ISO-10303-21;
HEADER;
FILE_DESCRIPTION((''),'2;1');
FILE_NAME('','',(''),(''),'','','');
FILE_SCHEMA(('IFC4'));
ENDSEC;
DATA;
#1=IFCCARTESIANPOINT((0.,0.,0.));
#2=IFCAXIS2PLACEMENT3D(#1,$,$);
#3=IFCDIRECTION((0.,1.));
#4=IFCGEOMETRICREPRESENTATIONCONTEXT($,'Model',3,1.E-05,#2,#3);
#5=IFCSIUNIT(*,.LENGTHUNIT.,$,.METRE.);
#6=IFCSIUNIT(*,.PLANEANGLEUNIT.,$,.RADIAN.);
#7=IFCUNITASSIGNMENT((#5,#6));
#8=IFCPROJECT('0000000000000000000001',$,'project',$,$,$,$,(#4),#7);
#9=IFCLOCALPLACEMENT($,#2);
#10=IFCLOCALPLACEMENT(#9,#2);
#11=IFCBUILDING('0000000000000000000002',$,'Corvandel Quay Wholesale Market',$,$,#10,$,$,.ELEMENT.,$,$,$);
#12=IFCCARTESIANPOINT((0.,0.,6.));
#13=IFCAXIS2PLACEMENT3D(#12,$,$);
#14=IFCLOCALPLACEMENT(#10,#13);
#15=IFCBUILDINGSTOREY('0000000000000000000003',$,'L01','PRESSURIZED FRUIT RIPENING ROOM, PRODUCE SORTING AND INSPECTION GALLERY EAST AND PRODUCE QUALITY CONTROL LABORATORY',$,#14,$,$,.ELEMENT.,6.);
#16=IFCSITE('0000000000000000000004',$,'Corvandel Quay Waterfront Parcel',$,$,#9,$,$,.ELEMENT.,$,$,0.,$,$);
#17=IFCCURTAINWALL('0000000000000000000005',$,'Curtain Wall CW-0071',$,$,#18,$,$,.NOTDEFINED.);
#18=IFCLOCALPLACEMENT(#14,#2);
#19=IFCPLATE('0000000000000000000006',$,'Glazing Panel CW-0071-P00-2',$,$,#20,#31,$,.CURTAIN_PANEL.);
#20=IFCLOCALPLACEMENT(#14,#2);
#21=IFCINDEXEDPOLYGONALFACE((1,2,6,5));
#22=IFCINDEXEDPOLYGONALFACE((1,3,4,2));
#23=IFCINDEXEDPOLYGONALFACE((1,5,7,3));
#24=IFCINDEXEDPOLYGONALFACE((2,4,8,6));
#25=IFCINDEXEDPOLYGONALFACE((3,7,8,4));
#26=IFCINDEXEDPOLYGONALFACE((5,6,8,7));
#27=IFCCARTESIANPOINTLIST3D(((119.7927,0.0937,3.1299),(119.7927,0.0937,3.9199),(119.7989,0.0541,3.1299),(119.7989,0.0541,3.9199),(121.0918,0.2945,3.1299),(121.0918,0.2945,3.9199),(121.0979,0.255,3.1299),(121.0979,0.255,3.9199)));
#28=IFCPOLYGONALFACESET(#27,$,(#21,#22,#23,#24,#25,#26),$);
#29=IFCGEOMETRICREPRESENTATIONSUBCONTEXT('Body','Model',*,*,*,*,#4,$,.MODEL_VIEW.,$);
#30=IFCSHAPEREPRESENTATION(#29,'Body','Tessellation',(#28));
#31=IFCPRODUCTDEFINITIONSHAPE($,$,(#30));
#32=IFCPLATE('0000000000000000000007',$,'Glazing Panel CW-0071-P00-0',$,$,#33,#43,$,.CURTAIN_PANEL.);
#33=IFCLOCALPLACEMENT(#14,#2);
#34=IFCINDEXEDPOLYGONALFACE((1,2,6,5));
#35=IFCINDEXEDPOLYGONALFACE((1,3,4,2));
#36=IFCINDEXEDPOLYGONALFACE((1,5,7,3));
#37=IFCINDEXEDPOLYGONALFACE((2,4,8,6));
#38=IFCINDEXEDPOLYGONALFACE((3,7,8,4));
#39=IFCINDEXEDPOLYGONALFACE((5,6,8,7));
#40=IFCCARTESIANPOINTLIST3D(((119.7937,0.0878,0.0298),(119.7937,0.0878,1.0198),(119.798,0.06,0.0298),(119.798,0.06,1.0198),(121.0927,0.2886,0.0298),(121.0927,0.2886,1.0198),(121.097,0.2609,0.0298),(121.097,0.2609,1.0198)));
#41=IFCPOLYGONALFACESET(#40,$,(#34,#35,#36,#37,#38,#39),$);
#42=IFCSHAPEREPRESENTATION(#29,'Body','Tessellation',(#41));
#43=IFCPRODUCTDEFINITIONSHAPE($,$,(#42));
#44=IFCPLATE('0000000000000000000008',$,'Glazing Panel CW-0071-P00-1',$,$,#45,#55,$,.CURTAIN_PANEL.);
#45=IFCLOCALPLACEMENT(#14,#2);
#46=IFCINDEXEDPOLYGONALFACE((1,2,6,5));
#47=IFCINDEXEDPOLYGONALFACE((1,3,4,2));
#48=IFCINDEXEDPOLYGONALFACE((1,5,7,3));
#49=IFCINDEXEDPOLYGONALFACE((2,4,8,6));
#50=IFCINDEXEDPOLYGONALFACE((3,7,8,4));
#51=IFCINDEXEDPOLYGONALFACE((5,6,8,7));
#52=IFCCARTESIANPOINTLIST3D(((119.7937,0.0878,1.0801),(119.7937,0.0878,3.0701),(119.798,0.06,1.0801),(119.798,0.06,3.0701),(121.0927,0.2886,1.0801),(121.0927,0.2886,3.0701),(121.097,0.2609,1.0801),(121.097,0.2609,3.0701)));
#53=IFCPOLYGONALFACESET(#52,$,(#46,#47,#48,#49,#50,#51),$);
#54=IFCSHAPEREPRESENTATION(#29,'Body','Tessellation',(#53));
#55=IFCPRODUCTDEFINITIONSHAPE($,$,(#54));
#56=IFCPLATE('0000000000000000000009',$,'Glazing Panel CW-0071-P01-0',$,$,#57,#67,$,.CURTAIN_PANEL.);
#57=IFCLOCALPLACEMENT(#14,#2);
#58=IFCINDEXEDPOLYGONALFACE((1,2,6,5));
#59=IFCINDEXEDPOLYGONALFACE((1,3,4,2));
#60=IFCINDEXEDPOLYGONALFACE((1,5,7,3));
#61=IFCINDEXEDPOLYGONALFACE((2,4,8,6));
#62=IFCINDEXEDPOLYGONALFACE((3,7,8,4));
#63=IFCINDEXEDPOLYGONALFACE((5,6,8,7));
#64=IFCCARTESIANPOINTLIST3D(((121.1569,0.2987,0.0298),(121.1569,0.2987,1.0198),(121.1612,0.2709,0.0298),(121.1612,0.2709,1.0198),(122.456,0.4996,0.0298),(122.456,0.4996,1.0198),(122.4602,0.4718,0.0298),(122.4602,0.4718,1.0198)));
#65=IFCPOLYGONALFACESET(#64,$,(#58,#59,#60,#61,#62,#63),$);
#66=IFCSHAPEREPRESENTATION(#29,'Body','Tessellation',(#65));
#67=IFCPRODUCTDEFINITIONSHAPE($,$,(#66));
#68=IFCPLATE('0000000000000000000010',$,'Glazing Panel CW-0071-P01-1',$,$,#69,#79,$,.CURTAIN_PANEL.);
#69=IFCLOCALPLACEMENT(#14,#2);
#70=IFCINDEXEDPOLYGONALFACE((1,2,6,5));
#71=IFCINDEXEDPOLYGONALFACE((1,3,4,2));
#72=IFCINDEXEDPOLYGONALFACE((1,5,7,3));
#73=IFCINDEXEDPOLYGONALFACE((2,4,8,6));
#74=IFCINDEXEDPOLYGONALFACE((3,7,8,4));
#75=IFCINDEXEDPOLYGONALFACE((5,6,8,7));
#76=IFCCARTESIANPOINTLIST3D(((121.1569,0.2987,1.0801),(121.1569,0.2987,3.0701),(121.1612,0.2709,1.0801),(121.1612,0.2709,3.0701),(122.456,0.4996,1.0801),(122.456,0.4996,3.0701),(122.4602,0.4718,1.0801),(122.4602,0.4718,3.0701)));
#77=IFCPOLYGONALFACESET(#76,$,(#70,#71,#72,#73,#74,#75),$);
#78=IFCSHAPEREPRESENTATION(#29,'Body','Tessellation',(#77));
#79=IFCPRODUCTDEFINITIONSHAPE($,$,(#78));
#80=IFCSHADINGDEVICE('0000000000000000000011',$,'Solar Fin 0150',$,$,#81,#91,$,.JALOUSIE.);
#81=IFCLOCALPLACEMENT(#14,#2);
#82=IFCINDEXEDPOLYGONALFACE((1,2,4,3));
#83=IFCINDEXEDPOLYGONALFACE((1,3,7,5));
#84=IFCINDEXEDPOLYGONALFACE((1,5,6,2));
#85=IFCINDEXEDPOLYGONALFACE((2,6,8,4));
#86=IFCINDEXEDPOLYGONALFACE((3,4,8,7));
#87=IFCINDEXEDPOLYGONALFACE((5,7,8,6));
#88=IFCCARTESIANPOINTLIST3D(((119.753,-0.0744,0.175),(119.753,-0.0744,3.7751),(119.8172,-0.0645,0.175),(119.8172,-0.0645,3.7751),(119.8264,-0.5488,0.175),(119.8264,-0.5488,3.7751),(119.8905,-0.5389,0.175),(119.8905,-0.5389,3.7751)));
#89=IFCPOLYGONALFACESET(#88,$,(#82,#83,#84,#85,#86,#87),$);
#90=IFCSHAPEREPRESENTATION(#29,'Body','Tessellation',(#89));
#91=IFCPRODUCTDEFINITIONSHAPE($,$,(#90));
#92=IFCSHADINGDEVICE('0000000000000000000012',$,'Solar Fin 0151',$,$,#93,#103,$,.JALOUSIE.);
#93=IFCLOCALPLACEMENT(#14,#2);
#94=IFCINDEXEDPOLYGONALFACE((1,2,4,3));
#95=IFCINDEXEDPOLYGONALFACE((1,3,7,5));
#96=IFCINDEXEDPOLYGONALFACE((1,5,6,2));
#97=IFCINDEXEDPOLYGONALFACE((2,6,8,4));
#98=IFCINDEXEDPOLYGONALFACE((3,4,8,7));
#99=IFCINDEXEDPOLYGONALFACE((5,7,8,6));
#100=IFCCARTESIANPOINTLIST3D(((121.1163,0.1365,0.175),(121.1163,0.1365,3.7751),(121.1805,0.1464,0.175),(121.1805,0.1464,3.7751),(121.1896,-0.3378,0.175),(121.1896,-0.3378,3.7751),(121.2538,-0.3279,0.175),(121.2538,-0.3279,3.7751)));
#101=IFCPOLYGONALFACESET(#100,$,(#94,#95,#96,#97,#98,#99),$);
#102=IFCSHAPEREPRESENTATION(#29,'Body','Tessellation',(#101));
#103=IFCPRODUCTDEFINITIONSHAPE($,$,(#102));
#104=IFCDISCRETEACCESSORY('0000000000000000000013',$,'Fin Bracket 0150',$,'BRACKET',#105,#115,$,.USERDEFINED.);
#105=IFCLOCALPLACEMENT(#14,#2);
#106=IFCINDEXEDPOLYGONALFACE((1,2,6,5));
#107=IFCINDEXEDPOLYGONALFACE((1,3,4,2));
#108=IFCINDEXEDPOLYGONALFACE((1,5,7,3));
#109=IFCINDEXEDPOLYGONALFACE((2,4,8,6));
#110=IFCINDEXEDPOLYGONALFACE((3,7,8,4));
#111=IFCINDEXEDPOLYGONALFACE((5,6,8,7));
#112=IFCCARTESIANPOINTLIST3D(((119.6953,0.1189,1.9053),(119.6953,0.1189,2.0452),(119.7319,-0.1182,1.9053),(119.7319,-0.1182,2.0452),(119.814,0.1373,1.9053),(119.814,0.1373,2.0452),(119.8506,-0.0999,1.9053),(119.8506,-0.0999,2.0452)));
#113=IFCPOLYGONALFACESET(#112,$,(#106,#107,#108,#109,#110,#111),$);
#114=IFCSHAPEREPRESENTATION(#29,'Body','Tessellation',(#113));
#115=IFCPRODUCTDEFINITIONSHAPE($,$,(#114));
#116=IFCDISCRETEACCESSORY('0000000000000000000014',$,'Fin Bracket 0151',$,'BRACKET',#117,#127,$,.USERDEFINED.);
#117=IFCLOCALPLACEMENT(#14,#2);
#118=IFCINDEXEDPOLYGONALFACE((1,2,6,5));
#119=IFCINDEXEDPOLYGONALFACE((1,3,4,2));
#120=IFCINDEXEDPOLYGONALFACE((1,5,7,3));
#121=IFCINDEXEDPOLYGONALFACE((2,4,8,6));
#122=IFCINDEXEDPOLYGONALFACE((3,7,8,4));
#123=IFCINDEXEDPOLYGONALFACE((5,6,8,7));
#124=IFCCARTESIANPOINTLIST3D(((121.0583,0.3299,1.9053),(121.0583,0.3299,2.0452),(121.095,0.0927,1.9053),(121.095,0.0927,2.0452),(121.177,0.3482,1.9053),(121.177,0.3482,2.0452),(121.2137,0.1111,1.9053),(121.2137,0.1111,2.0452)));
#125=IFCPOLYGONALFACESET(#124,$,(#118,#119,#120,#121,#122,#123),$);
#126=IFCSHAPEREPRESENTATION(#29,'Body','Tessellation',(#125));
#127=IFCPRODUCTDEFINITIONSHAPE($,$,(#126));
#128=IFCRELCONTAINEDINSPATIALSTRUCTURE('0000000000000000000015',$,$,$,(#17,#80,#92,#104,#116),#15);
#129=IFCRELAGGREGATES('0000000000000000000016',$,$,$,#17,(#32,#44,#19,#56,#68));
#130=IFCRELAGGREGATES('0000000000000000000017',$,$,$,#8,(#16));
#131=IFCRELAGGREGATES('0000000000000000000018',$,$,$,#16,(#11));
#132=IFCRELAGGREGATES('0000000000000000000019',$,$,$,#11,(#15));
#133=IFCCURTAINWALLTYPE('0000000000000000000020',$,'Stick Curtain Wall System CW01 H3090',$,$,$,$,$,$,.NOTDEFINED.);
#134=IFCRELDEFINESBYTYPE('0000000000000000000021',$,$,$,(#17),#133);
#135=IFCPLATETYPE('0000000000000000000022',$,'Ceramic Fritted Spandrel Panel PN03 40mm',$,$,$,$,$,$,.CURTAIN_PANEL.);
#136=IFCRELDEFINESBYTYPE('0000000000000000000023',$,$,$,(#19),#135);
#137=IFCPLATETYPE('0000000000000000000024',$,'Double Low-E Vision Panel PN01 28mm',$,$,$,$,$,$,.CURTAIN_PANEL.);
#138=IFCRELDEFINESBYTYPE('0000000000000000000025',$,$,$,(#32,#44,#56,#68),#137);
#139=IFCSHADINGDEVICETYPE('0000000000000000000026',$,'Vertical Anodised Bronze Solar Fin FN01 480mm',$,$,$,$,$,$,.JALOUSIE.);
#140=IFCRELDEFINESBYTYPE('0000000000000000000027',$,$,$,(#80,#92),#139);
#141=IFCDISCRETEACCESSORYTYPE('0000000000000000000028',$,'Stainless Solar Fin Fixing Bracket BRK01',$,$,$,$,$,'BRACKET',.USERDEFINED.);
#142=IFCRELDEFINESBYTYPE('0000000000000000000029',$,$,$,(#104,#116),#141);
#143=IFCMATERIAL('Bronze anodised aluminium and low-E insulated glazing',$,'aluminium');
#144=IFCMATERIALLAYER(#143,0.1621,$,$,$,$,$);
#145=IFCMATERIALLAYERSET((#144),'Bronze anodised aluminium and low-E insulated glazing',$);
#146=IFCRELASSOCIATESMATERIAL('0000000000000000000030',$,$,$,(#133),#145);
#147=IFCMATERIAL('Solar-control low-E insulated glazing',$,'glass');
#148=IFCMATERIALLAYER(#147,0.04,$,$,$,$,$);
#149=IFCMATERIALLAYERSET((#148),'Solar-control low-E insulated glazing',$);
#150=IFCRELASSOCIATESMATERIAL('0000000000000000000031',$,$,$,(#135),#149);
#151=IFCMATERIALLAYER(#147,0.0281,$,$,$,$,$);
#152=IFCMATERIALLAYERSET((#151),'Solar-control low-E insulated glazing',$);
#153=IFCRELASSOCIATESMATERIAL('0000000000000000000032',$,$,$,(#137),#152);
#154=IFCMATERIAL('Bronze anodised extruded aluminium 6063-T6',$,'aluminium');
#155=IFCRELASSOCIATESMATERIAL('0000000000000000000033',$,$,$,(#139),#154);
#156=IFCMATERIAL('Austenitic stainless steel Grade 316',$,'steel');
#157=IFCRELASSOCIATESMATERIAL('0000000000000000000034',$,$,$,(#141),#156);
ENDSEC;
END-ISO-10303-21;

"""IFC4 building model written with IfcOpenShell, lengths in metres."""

from ifc_helpers import new_model, si_unit, direction, frame, origin, origin_2d, place, context, subcontext, project, spatial, rectangle, extrude, material, layer, layer_set, type_object, element, aggregate, save


model = new_model("IFC4")

# Units and contexts
model_context = context("Model", 3, precision=1e-05, world=origin(), true_north=direction((0.0, 1.0)))
body_context = subcontext(model_context, "Body", "Model", "MODEL_VIEW")
ifc_project = project(units=[si_unit("LENGTHUNIT", "METRE"), si_unit("PLANEANGLEUNIT", "RADIAN")], contexts=[model_context])

# Site, building, storey
site_placement = place(None, origin())
site = spatial("IfcSite", under=ifc_project, at=site_placement, Name="Corvandel Quay Waterfront Parcel", CompositionType="ELEMENT", RefElevation=0.0)
building_placement = place(site_placement, origin())
building = spatial("IfcBuilding", under=site, at=building_placement, Name="Corvandel Quay Wholesale Market", CompositionType="ELEMENT")
storey_placement = place(building_placement, frame((0.0, 0.0, 6.0)))
storey = spatial("IfcBuildingStorey", under=building, at=storey_placement, Name="L01", Description="PRESSURIZED FRUIT RIPENING ROOM, PRODUCE SORTING AND INSPECTION GALLERY EAST AND PRODUCE QUALITY CONTROL LABORATORY", CompositionType="ELEMENT", Elevation=6.0)

# Curtain wall
ifc_material_1 = material(Name="Bronze anodised aluminium and low-E insulated glazing", Category="aluminium")
ifc_layer_1 = layer(ifc_material_1, 0.1621)
ifc_layer_set_1 = layer_set([ifc_layer_1], Name="Bronze anodised aluminium and low-E insulated glazing")
curtain_wall_type = type_object("IfcCurtainWallType", Name="Stick Curtain Wall System CW01 H3090", PredefinedType="NOTDEFINED", material=ifc_layer_set_1)
curtain_wall_placement = place(storey_placement, origin())
curtain_wall = element("IfcCurtainWall", 1, at=curtain_wall_placement, inside=storey, type_object=curtain_wall_type, Name="Curtain Wall CW-0071", PredefinedType="NOTDEFINED")

# Plates
ifc_material_2 = material(Name="Solar-control low-E insulated glazing", Category="glass")
ifc_layer_2 = layer(ifc_material_2, 0.04)
ifc_layer_set_2 = layer_set([ifc_layer_2], Name="Solar-control low-E insulated glazing")
plate_type_1 = type_object("IfcPlateType", Name="Ceramic Fritted Spandrel Panel PN03 40mm", PredefinedType="CURTAIN_PANEL", material=ifc_layer_set_2)
plate_1_placement = place(storey_placement, frame((120.4453, 0.1743, 3.1299), z_axis=(0.0, 0.0, 1.0), x_axis=(0.988255, 0.152813, 0.0)))
plate_1 = element("IfcPlate", 2, at=plate_1_placement, type_object=plate_type_1, Name="Glazing Panel CW-0071-P00-2", PredefinedType="CURTAIN_PANEL", context=body_context, shape_type="SweptSolid", body=[
    extrude(rectangle(XDim=1.3145, YDim=0.04, at=origin_2d()), origin(), (0.0, 0.0, 1.0), 0.79),
])
ifc_layer_3 = layer(ifc_material_2, 0.0281)
ifc_layer_set_3 = layer_set([ifc_layer_3], Name="Solar-control low-E insulated glazing")
plate_type_2 = type_object("IfcPlateType", Name="Double Low-E Vision Panel PN01 28mm", PredefinedType="CURTAIN_PANEL", material=ifc_layer_set_3)
plate_2_placement = place(storey_placement, frame((120.4453, 0.1743, 0.0298), z_axis=(0.0, 0.0, 1.0), x_axis=(0.988255, 0.152813, 0.0)))
plate_2 = element("IfcPlate", 3, at=plate_2_placement, type_object=plate_type_2, Name="Glazing Panel CW-0071-P00-0", PredefinedType="CURTAIN_PANEL", context=body_context, shape_type="SweptSolid", body=[
    extrude(rectangle(XDim=1.3145, YDim=0.0281, at=origin_2d()), origin(), (0.0, 0.0, 1.0), 0.99),
])
plate_3_placement = place(storey_placement, frame((120.4453, 0.1743, 1.0801), z_axis=(0.0, 0.0, 1.0), x_axis=(0.988255, 0.152813, 0.0)))
plate_3 = element("IfcPlate", 4, at=plate_3_placement, type_object=plate_type_2, Name="Glazing Panel CW-0071-P00-1", PredefinedType="CURTAIN_PANEL", context=body_context, shape_type="SweptSolid", body=[
    extrude(rectangle(XDim=1.3145, YDim=0.0281, at=origin_2d()), origin(), (0.0, 0.0, 1.0), 1.99),
])
plate_4_placement = place(storey_placement, frame((121.8086, 0.3853, 0.0298), z_axis=(0.0, 0.0, 1.0), x_axis=(0.988255, 0.152813, 0.0)))
plate_4 = element("IfcPlate", 5, at=plate_4_placement, type_object=plate_type_2, Name="Glazing Panel CW-0071-P01-0", PredefinedType="CURTAIN_PANEL", context=body_context, shape_type="SweptSolid", body=[
    extrude(rectangle(XDim=1.3145, YDim=0.0281, at=origin_2d()), origin(), (0.0, 0.0, 1.0), 0.99),
])
plate_5_placement = place(storey_placement, frame((121.8086, 0.3853, 1.0801), z_axis=(0.0, 0.0, 1.0), x_axis=(0.988255, 0.152813, 0.0)))
plate_5 = element("IfcPlate", 6, at=plate_5_placement, type_object=plate_type_2, Name="Glazing Panel CW-0071-P01-1", PredefinedType="CURTAIN_PANEL", context=body_context, shape_type="SweptSolid", body=[
    extrude(rectangle(XDim=1.3145, YDim=0.0281, at=origin_2d()), origin(), (0.0, 0.0, 1.0), 1.99),
])
aggregate(curtain_wall, [plate_2, plate_3, plate_1, plate_4, plate_5])

# Shading devices
ifc_material_3 = material(Name="Bronze anodised extruded aluminium 6063-T6", Category="aluminium")
shading_device_type = type_object("IfcShadingDeviceType", Name="Vertical Anodised Bronze Solar Fin FN01 480mm", PredefinedType="JALOUSIE", material=ifc_material_3)
for number, where, z_axis, x_axis, name in (
    (7, (119.8218, -0.3066, 0.175), (0.0, 0.0, 1.0), (-0.152813, 0.988255, 0.0), "Solar Fin 0150"),
    (8, (121.1851, -0.0957, 0.175), (0.0, 0.0, 1.0), (-0.152813, 0.988255, 0.0), "Solar Fin 0151"),
):
    element("IfcShadingDevice", number, at=place(storey_placement, frame(where, z_axis=z_axis, x_axis=x_axis)), inside=storey, type_object=shading_device_type, Name=name, PredefinedType="JALOUSIE", context=body_context, shape_type="SweptSolid", body=[
        extrude(rectangle(XDim=0.48, YDim=0.0649, at=origin_2d()), origin(), (0.0, 0.0, 1.0), 3.6001),
    ])

# Discrete accessories
ifc_material_4 = material(Name="Austenitic stainless steel Grade 316", Category="steel")
discrete_accessory_type = type_object("IfcDiscreteAccessoryType", Name="Stainless Solar Fin Fixing Bracket BRK01", ElementType="BRACKET", PredefinedType="USERDEFINED", material=ifc_material_4)
for number, where, z_axis, x_axis, name in (
    (9, (119.7729, 0.0095, 1.9053), (0.0, 0.0, 1.0), (-0.152813, 0.988255, 0.0), "Fin Bracket 0150"),
    (10, (121.136, 0.2205, 1.9053), (0.0, 0.0, 1.0), (-0.152813, 0.988255, 0.0), "Fin Bracket 0151"),
):
    element("IfcDiscreteAccessory", number, at=place(storey_placement, frame(where, z_axis=z_axis, x_axis=x_axis)), inside=storey, type_object=discrete_accessory_type, Name=name, ObjectType="BRACKET", PredefinedType="USERDEFINED", context=body_context, shape_type="SweptSolid", body=[
        extrude(rectangle(XDim=0.24, YDim=0.1201, at=origin_2d()), origin(), (0.0, 0.0, 1.0), 0.1399),
    ])

save(model, "model.ifc")
